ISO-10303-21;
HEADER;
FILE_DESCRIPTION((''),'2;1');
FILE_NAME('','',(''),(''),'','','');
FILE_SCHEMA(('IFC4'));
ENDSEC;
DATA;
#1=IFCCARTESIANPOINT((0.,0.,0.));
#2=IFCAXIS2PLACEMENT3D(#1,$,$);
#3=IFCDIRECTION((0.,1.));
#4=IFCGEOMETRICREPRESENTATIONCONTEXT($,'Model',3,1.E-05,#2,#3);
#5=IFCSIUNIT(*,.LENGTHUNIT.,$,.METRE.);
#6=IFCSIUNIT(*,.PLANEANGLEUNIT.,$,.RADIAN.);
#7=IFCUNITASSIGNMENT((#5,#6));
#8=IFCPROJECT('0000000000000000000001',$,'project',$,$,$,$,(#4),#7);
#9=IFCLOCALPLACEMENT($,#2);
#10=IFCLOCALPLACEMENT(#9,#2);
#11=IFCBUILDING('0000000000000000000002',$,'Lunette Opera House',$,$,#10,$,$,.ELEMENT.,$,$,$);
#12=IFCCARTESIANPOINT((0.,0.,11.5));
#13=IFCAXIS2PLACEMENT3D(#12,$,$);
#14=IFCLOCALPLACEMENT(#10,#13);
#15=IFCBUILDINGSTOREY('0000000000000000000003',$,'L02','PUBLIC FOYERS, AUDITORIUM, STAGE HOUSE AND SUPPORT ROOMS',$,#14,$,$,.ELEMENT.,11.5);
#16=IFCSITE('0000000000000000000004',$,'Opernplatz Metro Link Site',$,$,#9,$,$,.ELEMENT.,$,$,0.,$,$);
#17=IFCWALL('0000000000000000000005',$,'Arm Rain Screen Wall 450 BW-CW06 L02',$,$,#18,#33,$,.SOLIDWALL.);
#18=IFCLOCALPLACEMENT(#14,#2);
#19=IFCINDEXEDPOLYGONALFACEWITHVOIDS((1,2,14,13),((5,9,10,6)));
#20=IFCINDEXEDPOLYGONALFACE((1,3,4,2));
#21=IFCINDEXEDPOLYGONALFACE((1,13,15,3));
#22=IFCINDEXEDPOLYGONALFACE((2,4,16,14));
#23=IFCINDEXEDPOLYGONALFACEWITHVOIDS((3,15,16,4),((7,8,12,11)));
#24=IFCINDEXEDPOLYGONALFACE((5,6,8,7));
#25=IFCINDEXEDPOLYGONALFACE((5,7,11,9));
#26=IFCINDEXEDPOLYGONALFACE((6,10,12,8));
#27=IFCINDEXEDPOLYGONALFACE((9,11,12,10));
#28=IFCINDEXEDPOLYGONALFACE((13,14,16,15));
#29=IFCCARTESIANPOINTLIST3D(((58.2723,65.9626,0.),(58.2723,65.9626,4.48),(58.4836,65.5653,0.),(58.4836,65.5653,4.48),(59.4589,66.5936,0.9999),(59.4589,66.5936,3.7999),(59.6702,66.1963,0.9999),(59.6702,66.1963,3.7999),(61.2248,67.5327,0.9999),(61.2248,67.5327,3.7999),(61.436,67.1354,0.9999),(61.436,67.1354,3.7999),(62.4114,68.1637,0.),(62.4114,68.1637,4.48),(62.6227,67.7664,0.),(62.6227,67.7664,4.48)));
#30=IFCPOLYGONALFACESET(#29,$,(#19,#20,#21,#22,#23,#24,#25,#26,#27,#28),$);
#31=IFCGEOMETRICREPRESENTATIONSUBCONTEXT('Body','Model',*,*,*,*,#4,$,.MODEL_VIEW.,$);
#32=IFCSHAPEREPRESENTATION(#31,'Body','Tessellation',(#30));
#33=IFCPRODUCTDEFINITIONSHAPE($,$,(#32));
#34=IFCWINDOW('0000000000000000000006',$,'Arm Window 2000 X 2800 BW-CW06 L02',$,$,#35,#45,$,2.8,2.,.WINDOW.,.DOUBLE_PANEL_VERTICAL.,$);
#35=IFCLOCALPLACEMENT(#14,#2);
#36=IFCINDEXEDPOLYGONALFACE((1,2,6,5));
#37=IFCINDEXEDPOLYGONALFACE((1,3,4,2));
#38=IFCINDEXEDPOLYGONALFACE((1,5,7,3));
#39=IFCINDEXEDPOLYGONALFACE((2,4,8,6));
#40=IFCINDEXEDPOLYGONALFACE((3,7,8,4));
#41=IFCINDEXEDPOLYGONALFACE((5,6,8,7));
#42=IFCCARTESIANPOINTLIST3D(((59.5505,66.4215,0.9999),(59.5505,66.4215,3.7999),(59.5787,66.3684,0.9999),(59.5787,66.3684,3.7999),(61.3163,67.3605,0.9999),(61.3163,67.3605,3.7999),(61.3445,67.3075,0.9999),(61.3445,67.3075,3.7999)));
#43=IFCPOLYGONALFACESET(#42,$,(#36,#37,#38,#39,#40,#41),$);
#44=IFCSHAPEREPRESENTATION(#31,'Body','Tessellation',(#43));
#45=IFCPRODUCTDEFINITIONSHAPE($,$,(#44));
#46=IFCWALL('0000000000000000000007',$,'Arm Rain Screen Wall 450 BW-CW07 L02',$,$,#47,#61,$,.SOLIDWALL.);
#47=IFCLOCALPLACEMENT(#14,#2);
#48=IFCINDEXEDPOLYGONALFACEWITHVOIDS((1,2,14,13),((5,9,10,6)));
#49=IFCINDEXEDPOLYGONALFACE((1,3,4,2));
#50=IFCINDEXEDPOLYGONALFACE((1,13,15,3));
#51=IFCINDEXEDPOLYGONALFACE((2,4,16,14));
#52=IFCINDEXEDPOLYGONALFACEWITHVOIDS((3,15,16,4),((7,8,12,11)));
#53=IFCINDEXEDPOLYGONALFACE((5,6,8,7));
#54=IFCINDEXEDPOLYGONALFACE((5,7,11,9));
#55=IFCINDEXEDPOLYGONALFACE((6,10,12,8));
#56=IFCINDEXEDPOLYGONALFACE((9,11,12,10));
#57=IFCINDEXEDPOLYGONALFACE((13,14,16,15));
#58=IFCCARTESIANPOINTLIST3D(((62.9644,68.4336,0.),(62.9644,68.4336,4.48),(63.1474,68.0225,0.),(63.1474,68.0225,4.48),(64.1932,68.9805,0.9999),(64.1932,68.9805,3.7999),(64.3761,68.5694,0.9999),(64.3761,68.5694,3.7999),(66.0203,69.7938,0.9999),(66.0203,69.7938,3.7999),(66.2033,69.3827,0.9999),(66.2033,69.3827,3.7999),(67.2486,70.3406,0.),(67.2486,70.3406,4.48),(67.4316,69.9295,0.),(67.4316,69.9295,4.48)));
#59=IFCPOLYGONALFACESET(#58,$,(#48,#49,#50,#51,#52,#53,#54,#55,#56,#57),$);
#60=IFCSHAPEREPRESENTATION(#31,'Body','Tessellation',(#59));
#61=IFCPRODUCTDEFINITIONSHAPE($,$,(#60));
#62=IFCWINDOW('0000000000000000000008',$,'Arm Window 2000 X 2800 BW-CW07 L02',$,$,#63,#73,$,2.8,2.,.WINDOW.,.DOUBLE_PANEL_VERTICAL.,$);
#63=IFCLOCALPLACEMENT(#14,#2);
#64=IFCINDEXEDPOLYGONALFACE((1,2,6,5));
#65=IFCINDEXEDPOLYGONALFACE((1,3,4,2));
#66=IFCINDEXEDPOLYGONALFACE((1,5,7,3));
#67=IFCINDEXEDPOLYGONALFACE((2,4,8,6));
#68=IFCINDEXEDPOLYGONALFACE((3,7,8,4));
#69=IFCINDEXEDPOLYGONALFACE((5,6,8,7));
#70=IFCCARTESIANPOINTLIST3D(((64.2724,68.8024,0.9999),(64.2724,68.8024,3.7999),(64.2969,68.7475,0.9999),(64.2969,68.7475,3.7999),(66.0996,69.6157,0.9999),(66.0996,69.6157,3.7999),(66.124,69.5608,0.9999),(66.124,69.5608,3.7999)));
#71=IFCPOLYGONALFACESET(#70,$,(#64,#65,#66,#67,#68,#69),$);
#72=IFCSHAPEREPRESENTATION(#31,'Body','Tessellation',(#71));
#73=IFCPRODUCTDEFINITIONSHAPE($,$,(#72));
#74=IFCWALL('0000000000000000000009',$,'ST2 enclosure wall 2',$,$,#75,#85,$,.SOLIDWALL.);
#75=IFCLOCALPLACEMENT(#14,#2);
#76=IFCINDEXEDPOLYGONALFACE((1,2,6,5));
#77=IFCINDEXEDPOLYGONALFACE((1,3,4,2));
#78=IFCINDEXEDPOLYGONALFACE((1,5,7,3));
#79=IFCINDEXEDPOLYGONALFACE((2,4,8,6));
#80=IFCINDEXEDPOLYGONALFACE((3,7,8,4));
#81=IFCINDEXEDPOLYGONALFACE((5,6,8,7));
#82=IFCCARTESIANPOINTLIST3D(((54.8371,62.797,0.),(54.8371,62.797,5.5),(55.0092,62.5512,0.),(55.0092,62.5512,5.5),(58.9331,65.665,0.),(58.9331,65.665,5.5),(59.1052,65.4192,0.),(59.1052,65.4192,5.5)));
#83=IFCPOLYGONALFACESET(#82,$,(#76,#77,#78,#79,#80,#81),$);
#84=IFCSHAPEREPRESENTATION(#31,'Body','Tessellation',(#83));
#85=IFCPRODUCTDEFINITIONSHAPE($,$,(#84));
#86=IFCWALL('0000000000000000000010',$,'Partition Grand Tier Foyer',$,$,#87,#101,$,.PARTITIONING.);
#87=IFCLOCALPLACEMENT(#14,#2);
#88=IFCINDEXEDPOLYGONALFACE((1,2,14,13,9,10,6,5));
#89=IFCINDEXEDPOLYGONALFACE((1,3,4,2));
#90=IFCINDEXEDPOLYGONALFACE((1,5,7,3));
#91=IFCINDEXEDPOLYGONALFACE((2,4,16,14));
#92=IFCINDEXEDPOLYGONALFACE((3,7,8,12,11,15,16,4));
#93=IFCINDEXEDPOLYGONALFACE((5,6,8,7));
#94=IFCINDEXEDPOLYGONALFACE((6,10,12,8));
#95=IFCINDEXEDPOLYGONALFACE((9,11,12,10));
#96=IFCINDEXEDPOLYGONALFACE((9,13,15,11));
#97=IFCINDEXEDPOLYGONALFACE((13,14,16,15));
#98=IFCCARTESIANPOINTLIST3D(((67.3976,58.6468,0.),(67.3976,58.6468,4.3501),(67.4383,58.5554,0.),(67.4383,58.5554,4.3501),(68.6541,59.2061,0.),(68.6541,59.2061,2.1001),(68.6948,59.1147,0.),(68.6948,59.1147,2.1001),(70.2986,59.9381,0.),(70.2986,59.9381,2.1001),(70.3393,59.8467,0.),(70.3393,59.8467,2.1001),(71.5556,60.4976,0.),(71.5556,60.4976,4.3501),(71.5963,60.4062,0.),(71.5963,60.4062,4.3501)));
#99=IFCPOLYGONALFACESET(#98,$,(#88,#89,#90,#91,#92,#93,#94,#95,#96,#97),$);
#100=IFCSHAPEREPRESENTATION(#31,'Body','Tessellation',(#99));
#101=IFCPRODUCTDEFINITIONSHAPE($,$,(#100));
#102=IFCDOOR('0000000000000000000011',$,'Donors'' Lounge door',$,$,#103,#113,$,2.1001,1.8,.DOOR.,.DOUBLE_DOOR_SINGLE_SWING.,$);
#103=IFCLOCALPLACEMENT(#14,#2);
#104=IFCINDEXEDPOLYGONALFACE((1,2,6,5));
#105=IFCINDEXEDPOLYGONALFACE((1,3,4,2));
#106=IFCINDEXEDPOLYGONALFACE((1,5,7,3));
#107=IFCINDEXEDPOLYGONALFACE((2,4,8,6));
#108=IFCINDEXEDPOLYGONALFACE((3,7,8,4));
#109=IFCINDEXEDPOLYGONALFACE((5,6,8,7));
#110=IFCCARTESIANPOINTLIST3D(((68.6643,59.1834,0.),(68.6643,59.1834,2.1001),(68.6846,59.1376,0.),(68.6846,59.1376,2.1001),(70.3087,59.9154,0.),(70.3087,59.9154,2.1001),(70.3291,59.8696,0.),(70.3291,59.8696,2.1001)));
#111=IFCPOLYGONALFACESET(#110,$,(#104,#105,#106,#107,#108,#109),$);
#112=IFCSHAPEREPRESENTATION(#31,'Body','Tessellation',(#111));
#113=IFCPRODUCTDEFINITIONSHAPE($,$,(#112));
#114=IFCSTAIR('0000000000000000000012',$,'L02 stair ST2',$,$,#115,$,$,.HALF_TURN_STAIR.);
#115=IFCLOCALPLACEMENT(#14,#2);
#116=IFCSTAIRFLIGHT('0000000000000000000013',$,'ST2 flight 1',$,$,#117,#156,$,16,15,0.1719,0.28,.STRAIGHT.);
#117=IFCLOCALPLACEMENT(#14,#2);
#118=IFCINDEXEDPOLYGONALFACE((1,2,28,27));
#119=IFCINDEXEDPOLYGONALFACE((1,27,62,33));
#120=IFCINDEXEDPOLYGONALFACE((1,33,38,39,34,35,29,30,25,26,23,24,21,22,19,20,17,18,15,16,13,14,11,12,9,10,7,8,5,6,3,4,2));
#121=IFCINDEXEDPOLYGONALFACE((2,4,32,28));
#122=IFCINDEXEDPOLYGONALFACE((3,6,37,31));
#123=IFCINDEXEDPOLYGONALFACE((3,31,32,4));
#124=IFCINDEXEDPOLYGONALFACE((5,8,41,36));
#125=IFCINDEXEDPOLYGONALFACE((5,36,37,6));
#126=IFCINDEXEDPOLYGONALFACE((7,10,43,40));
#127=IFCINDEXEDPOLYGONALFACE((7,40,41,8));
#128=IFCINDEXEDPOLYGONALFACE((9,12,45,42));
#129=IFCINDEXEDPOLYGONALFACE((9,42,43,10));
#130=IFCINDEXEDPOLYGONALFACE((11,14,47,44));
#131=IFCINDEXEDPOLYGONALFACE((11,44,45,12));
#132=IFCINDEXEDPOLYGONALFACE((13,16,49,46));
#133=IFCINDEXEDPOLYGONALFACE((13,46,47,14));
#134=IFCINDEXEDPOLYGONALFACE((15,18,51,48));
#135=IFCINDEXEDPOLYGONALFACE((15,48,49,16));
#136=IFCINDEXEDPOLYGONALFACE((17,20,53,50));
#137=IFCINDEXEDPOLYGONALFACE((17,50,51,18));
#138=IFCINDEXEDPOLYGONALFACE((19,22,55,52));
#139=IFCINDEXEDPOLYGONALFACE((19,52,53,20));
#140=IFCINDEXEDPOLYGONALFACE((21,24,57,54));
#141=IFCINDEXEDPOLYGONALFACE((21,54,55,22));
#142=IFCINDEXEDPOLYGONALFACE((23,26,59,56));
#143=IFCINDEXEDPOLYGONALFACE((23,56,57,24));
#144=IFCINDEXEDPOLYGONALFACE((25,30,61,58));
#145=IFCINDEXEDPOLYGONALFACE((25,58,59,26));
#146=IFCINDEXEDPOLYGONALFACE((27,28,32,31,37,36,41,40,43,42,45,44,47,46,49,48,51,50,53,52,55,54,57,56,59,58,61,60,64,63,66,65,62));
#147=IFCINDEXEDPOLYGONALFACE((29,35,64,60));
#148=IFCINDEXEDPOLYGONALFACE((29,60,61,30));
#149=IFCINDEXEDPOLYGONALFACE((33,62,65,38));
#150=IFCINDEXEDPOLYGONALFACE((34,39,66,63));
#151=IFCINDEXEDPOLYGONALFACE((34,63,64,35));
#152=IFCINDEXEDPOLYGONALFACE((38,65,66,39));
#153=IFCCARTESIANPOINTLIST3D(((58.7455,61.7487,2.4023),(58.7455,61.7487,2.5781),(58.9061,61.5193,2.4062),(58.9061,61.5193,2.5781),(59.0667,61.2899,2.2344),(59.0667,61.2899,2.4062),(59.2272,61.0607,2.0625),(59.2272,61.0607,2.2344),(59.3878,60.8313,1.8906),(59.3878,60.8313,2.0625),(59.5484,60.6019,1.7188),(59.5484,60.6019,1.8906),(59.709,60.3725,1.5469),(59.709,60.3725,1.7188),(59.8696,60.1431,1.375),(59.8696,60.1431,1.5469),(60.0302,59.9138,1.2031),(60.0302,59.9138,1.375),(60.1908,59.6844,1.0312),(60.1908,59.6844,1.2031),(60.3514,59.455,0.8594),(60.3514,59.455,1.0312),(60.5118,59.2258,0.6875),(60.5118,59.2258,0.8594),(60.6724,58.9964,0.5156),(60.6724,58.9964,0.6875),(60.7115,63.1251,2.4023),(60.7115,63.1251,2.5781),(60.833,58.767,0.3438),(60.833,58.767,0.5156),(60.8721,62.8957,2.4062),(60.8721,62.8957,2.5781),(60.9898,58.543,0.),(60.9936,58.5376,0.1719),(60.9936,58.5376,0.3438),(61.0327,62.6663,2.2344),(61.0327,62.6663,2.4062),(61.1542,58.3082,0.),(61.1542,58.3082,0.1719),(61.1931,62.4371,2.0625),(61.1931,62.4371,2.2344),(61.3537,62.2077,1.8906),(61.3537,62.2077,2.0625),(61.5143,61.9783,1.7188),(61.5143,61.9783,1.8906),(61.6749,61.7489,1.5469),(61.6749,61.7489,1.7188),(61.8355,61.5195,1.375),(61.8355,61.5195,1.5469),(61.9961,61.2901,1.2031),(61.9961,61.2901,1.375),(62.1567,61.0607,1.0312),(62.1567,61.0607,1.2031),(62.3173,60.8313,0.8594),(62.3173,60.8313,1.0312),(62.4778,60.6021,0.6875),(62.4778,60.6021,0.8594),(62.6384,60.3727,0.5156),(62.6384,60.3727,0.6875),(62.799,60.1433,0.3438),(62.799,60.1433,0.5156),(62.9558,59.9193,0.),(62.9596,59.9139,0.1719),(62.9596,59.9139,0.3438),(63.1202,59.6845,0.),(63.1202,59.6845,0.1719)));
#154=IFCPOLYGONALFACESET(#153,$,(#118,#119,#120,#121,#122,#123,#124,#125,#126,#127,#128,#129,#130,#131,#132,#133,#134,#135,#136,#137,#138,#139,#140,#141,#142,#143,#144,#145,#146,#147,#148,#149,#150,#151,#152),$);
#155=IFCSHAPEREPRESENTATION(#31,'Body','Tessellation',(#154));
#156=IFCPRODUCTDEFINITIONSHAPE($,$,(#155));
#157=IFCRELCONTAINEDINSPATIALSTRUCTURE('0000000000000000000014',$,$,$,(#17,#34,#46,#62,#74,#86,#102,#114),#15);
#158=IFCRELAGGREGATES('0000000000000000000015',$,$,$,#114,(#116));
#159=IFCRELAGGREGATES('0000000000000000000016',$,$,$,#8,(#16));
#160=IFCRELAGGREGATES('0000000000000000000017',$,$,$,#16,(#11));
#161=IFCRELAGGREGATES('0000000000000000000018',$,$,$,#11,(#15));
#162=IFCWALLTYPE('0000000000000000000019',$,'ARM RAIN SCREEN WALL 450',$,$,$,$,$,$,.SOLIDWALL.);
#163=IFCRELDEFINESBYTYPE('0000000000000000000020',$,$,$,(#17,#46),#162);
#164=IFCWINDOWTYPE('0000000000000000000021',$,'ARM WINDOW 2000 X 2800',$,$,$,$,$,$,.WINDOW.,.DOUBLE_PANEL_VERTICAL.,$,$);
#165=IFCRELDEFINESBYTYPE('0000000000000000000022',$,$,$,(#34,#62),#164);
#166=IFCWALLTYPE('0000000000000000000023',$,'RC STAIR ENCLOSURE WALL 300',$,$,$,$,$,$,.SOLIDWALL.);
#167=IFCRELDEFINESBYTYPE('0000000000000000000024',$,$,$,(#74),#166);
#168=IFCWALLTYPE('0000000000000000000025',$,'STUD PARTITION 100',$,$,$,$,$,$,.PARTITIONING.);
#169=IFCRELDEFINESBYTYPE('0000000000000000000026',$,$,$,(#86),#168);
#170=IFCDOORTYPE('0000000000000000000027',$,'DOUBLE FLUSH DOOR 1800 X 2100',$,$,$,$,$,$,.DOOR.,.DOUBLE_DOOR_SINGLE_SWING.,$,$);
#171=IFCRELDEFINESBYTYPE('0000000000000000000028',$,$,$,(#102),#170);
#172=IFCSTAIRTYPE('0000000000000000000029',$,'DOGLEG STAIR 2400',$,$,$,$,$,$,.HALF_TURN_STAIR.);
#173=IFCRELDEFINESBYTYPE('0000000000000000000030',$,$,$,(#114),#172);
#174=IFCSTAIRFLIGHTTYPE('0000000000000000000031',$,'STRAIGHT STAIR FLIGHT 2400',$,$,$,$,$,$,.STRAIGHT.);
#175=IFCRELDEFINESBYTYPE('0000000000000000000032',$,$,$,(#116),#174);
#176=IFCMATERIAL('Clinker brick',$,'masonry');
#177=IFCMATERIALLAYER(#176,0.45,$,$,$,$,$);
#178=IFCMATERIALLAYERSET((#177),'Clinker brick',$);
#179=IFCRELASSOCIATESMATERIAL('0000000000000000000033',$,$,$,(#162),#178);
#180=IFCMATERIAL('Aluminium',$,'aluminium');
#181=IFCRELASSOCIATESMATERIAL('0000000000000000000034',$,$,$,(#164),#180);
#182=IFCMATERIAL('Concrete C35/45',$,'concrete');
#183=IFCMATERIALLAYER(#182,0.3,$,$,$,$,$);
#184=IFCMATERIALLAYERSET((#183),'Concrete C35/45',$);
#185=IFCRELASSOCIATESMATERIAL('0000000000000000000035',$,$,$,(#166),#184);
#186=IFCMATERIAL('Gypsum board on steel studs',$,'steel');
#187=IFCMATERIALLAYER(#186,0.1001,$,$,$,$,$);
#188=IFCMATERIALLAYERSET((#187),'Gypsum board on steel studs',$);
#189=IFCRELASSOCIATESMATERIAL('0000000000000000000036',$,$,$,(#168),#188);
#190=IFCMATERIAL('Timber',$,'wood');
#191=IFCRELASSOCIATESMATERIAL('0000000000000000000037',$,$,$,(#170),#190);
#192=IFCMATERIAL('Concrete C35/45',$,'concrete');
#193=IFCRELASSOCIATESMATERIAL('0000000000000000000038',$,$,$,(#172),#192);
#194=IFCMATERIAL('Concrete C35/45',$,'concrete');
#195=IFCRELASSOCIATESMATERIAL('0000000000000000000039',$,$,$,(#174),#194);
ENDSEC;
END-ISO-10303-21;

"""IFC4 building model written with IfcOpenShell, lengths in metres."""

from ifc_helpers import new_model, si_unit, direction, frame, frame_2d, origin, place, context, subcontext, project, spatial, polyline, rectangle, outline, extrude, material, layer, layer_set, type_object, element, fill, aggregate, save


model = new_model("IFC4")

# Units and contexts
model_context = context("Model", 3, precision=1e-05, world=origin(), true_north=direction((0.0, 1.0)))
body_context = subcontext(model_context, "Body", "Model", "MODEL_VIEW")
ifc_project = project(units=[si_unit("LENGTHUNIT", "METRE"), si_unit("PLANEANGLEUNIT", "RADIAN")], contexts=[model_context])

# Site, building, storey
site_placement = place(None, origin())
site = spatial("IfcSite", under=ifc_project, at=site_placement, Name="Opernplatz Metro Link Site", CompositionType="ELEMENT", RefElevation=0.0)
building_placement = place(site_placement, origin())
building = spatial("IfcBuilding", under=site, at=building_placement, Name="Lunette Opera House", CompositionType="ELEMENT")
storey_placement = place(building_placement, frame((0.0, 0.0, 11.5)))
storey = spatial("IfcBuildingStorey", under=building, at=storey_placement, Name="L02", Description="PUBLIC FOYERS, AUDITORIUM, STAGE HOUSE AND SUPPORT ROOMS", CompositionType="ELEMENT", Elevation=11.5)

# Walls, openings, windows
ifc_material_1 = material(Name="Clinker brick", Category="masonry")
ifc_layer_1 = layer(ifc_material_1, 0.45)
ifc_layer_set_1 = layer_set([ifc_layer_1], Name="Clinker brick")
wall_type_1 = type_object("IfcWallType", Name="ARM RAIN SCREEN WALL 450", PredefinedType="SOLIDWALL", material=ifc_layer_set_1)
wall_1_placement = place(storey_placement, frame((58.3779, 65.7639, 0.0), z_axis=(0.0, 0.0, 1.0), x_axis=(0.882917, 0.469528, 0.0)))
wall_1 = element("IfcWall", 1, at=wall_1_placement, inside=storey, type_object=wall_type_1, Name="Arm Rain Screen Wall 450 BW-CW06 L02", PredefinedType="SOLIDWALL", context=body_context, shape_type="SweptSolid", body=[
    extrude(rectangle(XDim=4.688, YDim=0.45, at=frame_2d((2.344, 0.0))), origin(), (0.0, 0.0, 1.0), 4.48),
])
opening_1_placement = place(wall_1_placement, frame((1.344, 0.0, 1.0)))
opening_1 = element("IfcOpeningElement", 2, at=opening_1_placement, cuts=wall_1, PredefinedType="OPENING", context=body_context, shape_type="SweptSolid", body=[
    extrude(rectangle(XDim=2.0, YDim=2.8, at=frame_2d((1.0, 1.3999))), frame((0.0, 0.2371, 0.0), z_axis=(0.0, -1.0, 0.0), x_axis=(1.0, 0.0, 0.0)), (0.0, 0.0, 1.0), 0.4739),
])
ifc_material_2 = material(Name="Aluminium", Category="aluminium")
window_type = type_object("IfcWindowType", Name="ARM WINDOW 2000 X 2800", PartitioningType="DOUBLE_PANEL_VERTICAL", PredefinedType="WINDOW", material=ifc_material_2)
window_1_placement = place(opening_1_placement, origin())
window_1 = element("IfcWindow", 3, at=window_1_placement, inside=storey, type_object=window_type, Name="Arm Window 2000 X 2800 BW-CW06 L02", OverallHeight=2.8, OverallWidth=2.0, PartitioningType="DOUBLE_PANEL_VERTICAL", PredefinedType="WINDOW", context=body_context, shape_type="SweptSolid", body=[
    extrude(rectangle(XDim=2.0, YDim=2.8, at=frame_2d((1.0, 1.3999))), frame((0.0, 0.03, 0.0), z_axis=(0.0, -1.0, 0.0), x_axis=(1.0, 0.0, 0.0)), (0.0, 0.0, 1.0), 0.0601),
])
fill(opening_1, window_1)
wall_2_placement = place(storey_placement, frame((63.0559, 68.228, 0.0), z_axis=(0.0, 0.0, 1.0), x_axis=(0.913582, 0.406655, 0.0)))
wall_2 = element("IfcWall", 4, at=wall_2_placement, inside=storey, type_object=wall_type_1, Name="Arm Rain Screen Wall 450 BW-CW07 L02", PredefinedType="SOLIDWALL", context=body_context, shape_type="SweptSolid", body=[
    extrude(rectangle(XDim=4.6895, YDim=0.45, at=frame_2d((2.3447, 0.0))), origin(), (0.0, 0.0, 1.0), 4.48),
])
opening_2_placement = place(wall_2_placement, frame((1.345, 0.0, 1.0)))
opening_2 = element("IfcOpeningElement", 5, at=opening_2_placement, cuts=wall_2, PredefinedType="OPENING", context=body_context, shape_type="SweptSolid", body=[
    extrude(rectangle(XDim=2.0, YDim=2.8, at=frame_2d((1.0, 1.3999))), frame((0.0, 0.2371, 0.0), z_axis=(0.0, -1.0, 0.0), x_axis=(1.0, 0.0, 0.0)), (0.0, 0.0, 1.0), 0.4739),
])
window_2_placement = place(opening_2_placement, origin())
window_2 = element("IfcWindow", 6, at=window_2_placement, inside=storey, type_object=window_type, Name="Arm Window 2000 X 2800 BW-CW07 L02", OverallHeight=2.8, OverallWidth=2.0, PartitioningType="DOUBLE_PANEL_VERTICAL", PredefinedType="WINDOW", context=body_context, shape_type="SweptSolid", body=[
    extrude(rectangle(XDim=2.0, YDim=2.8, at=frame_2d((1.0, 1.3999))), frame((0.0, 0.03, 0.0), z_axis=(0.0, -1.0, 0.0), x_axis=(1.0, 0.0, 0.0)), (0.0, 0.0, 1.0), 0.0601),
])
fill(opening_2, window_2)

# Wall
ifc_material_3 = material(Name="Concrete C35/45", Category="concrete")
ifc_layer_2 = layer(ifc_material_3, 0.3)
ifc_layer_set_2 = layer_set([ifc_layer_2], Name="Concrete C35/45")
wall_type_2 = type_object("IfcWallType", Name="RC STAIR ENCLOSURE WALL 300", PredefinedType="SOLIDWALL", material=ifc_layer_set_2)
wall_3_placement = place(storey_placement, frame((59.019, 65.542, 0.0), z_axis=(0.0, 0.0, 1.0), x_axis=(-0.819161, -0.573564, 0.0)))
element("IfcWall", 7, at=wall_3_placement, inside=storey, type_object=wall_type_2, Name="ST2 enclosure wall 2", PredefinedType="SOLIDWALL", context=body_context, shape_type="SweptSolid", body=[
    extrude(rectangle(XDim=5.0002, YDim=0.3, at=frame_2d((2.5, 0.0))), origin(), (0.0, 0.0, 1.0), 5.5),
])

# Wall, opening, door
ifc_material_4 = material(Name="Gypsum board on steel studs", Category="steel")
ifc_layer_3 = layer(ifc_material_4, 0.1001)
ifc_layer_set_3 = layer_set([ifc_layer_3], Name="Gypsum board on steel studs")
wall_type_3 = type_object("IfcWallType", Name="STUD PARTITION 100", PredefinedType="PARTITIONING", material=ifc_layer_set_3)
wall_4_placement = place(storey_placement, frame((71.5759, 60.4519, 0.0), z_axis=(0.0, 0.0, 1.0), x_axis=(-0.913579, -0.406661, 0.0)))
wall_4 = element("IfcWall", 8, at=wall_4_placement, inside=storey, type_object=wall_type_3, Name="Partition Grand Tier Foyer", PredefinedType="PARTITIONING", context=body_context, shape_type="SweptSolid", body=[
    extrude(rectangle(XDim=4.5513, YDim=0.1001, at=frame_2d((2.2756, 0.0))), origin(), (0.0, 0.0, 1.0), 4.3501),
])
opening_3_placement = place(wall_4_placement, frame((1.376, 0.0, 0.0)))
opening_3 = element("IfcOpeningElement", 9, at=opening_3_placement, cuts=wall_4, PredefinedType="OPENING", context=body_context, shape_type="SweptSolid", body=[
    extrude(rectangle(XDim=1.8, YDim=2.1001, at=frame_2d((0.8999, 1.05))), frame((0.0, 0.062, 0.0), z_axis=(0.0, -1.0, 0.0), x_axis=(1.0, 0.0, 0.0)), (0.0, 0.0, 1.0), 0.124),
])
ifc_material_5 = material(Name="Timber", Category="wood")
door_type = type_object("IfcDoorType", Name="DOUBLE FLUSH DOOR 1800 X 2100", OperationType="DOUBLE_DOOR_SINGLE_SWING", PredefinedType="DOOR", material=ifc_material_5)
door_placement = place(opening_3_placement, origin())
door = element("IfcDoor", 10, at=door_placement, inside=storey, type_object=door_type, Name="Donors' Lounge door", OperationType="DOUBLE_DOOR_SINGLE_SWING", OverallHeight=2.1001, OverallWidth=1.8, PredefinedType="DOOR", context=body_context, shape_type="SweptSolid", body=[
    extrude(rectangle(XDim=1.8, YDim=2.1001, at=frame_2d((0.8999, 1.05))), frame((0.0, 0.0249, 0.0), z_axis=(0.0, -1.0, 0.0), x_axis=(1.0, 0.0, 0.0)), (0.0, 0.0, 1.0), 0.05),
])
fill(opening_3, door)

# Stair, stair flight
ifc_material_6 = material(Name="Concrete C35/45", Category="concrete")
stair_type = type_object("IfcStairType", Name="DOGLEG STAIR 2400", PredefinedType="HALF_TURN_STAIR", material=ifc_material_6)
stair_placement = place(storey_placement, origin())
stair = element("IfcStair", 11, at=stair_placement, inside=storey, type_object=stair_type, Name="L02 stair ST2", PredefinedType="HALF_TURN_STAIR")
ifc_material_7 = material(Name="Concrete C35/45", Category="concrete")
stair_flight_type = type_object("IfcStairFlightType", Name="STRAIGHT STAIR FLIGHT 2400", PredefinedType="STRAIGHT", material=ifc_material_7)
stair_flight_1_placement = place(storey_placement, frame((62.1372, 58.9963, 0.0), z_axis=(0.0, 0.0, 1.0), x_axis=(-0.57351, 0.819198, 0.0)))
stair_flight_1 = element("IfcStairFlight", 12, at=stair_flight_1_placement, type_object=stair_flight_type, Name="ST2 flight 1", NumberOfRisers=16, NumberOfTreads=15, PredefinedType="STRAIGHT", RiserHeight=0.1719, TreadLength=0.28, context=body_context, shape_type="SweptSolid", body=[
    extrude(outline(polyline([(0.0, 0.0), (0.0, 0.1719), (0.28, 0.1719), (0.28, 0.3438), (0.5601, 0.3438), (0.5601, 0.5156), (0.8401, 0.5156), (0.8401, 0.6875), (1.1201, 0.6875), (1.1201, 0.8594), (1.3999, 0.8594), (1.3999, 1.0312), (1.6799, 1.0312), (1.6799, 1.2031), (1.96, 1.2031), (1.96, 1.375), (2.24, 1.375), (2.24, 1.5469), (2.52, 1.5469), (2.52, 1.7188), (2.8, 1.7188), (2.8, 1.8906), (3.0801, 1.8906), (3.0801, 2.0625), (3.3601, 2.0625), (3.3601, 2.2344), (3.6399, 2.2344), (3.6399, 2.4062), (3.9199, 2.4062), (3.9199, 2.5781), (4.2, 2.5781), (4.2, 2.75), (4.2, 2.4023), (0.2866, 0.0), (0.0, 0.0)])), frame((0.0, 1.2, 0.0), z_axis=(0.0, -1.0, 0.0), x_axis=(1.0, 0.0, 0.0)), (0.0, 0.0, 1.0), 2.3999),
])
aggregate(stair, [stair_flight_1])

save(model, "model.ifc")
